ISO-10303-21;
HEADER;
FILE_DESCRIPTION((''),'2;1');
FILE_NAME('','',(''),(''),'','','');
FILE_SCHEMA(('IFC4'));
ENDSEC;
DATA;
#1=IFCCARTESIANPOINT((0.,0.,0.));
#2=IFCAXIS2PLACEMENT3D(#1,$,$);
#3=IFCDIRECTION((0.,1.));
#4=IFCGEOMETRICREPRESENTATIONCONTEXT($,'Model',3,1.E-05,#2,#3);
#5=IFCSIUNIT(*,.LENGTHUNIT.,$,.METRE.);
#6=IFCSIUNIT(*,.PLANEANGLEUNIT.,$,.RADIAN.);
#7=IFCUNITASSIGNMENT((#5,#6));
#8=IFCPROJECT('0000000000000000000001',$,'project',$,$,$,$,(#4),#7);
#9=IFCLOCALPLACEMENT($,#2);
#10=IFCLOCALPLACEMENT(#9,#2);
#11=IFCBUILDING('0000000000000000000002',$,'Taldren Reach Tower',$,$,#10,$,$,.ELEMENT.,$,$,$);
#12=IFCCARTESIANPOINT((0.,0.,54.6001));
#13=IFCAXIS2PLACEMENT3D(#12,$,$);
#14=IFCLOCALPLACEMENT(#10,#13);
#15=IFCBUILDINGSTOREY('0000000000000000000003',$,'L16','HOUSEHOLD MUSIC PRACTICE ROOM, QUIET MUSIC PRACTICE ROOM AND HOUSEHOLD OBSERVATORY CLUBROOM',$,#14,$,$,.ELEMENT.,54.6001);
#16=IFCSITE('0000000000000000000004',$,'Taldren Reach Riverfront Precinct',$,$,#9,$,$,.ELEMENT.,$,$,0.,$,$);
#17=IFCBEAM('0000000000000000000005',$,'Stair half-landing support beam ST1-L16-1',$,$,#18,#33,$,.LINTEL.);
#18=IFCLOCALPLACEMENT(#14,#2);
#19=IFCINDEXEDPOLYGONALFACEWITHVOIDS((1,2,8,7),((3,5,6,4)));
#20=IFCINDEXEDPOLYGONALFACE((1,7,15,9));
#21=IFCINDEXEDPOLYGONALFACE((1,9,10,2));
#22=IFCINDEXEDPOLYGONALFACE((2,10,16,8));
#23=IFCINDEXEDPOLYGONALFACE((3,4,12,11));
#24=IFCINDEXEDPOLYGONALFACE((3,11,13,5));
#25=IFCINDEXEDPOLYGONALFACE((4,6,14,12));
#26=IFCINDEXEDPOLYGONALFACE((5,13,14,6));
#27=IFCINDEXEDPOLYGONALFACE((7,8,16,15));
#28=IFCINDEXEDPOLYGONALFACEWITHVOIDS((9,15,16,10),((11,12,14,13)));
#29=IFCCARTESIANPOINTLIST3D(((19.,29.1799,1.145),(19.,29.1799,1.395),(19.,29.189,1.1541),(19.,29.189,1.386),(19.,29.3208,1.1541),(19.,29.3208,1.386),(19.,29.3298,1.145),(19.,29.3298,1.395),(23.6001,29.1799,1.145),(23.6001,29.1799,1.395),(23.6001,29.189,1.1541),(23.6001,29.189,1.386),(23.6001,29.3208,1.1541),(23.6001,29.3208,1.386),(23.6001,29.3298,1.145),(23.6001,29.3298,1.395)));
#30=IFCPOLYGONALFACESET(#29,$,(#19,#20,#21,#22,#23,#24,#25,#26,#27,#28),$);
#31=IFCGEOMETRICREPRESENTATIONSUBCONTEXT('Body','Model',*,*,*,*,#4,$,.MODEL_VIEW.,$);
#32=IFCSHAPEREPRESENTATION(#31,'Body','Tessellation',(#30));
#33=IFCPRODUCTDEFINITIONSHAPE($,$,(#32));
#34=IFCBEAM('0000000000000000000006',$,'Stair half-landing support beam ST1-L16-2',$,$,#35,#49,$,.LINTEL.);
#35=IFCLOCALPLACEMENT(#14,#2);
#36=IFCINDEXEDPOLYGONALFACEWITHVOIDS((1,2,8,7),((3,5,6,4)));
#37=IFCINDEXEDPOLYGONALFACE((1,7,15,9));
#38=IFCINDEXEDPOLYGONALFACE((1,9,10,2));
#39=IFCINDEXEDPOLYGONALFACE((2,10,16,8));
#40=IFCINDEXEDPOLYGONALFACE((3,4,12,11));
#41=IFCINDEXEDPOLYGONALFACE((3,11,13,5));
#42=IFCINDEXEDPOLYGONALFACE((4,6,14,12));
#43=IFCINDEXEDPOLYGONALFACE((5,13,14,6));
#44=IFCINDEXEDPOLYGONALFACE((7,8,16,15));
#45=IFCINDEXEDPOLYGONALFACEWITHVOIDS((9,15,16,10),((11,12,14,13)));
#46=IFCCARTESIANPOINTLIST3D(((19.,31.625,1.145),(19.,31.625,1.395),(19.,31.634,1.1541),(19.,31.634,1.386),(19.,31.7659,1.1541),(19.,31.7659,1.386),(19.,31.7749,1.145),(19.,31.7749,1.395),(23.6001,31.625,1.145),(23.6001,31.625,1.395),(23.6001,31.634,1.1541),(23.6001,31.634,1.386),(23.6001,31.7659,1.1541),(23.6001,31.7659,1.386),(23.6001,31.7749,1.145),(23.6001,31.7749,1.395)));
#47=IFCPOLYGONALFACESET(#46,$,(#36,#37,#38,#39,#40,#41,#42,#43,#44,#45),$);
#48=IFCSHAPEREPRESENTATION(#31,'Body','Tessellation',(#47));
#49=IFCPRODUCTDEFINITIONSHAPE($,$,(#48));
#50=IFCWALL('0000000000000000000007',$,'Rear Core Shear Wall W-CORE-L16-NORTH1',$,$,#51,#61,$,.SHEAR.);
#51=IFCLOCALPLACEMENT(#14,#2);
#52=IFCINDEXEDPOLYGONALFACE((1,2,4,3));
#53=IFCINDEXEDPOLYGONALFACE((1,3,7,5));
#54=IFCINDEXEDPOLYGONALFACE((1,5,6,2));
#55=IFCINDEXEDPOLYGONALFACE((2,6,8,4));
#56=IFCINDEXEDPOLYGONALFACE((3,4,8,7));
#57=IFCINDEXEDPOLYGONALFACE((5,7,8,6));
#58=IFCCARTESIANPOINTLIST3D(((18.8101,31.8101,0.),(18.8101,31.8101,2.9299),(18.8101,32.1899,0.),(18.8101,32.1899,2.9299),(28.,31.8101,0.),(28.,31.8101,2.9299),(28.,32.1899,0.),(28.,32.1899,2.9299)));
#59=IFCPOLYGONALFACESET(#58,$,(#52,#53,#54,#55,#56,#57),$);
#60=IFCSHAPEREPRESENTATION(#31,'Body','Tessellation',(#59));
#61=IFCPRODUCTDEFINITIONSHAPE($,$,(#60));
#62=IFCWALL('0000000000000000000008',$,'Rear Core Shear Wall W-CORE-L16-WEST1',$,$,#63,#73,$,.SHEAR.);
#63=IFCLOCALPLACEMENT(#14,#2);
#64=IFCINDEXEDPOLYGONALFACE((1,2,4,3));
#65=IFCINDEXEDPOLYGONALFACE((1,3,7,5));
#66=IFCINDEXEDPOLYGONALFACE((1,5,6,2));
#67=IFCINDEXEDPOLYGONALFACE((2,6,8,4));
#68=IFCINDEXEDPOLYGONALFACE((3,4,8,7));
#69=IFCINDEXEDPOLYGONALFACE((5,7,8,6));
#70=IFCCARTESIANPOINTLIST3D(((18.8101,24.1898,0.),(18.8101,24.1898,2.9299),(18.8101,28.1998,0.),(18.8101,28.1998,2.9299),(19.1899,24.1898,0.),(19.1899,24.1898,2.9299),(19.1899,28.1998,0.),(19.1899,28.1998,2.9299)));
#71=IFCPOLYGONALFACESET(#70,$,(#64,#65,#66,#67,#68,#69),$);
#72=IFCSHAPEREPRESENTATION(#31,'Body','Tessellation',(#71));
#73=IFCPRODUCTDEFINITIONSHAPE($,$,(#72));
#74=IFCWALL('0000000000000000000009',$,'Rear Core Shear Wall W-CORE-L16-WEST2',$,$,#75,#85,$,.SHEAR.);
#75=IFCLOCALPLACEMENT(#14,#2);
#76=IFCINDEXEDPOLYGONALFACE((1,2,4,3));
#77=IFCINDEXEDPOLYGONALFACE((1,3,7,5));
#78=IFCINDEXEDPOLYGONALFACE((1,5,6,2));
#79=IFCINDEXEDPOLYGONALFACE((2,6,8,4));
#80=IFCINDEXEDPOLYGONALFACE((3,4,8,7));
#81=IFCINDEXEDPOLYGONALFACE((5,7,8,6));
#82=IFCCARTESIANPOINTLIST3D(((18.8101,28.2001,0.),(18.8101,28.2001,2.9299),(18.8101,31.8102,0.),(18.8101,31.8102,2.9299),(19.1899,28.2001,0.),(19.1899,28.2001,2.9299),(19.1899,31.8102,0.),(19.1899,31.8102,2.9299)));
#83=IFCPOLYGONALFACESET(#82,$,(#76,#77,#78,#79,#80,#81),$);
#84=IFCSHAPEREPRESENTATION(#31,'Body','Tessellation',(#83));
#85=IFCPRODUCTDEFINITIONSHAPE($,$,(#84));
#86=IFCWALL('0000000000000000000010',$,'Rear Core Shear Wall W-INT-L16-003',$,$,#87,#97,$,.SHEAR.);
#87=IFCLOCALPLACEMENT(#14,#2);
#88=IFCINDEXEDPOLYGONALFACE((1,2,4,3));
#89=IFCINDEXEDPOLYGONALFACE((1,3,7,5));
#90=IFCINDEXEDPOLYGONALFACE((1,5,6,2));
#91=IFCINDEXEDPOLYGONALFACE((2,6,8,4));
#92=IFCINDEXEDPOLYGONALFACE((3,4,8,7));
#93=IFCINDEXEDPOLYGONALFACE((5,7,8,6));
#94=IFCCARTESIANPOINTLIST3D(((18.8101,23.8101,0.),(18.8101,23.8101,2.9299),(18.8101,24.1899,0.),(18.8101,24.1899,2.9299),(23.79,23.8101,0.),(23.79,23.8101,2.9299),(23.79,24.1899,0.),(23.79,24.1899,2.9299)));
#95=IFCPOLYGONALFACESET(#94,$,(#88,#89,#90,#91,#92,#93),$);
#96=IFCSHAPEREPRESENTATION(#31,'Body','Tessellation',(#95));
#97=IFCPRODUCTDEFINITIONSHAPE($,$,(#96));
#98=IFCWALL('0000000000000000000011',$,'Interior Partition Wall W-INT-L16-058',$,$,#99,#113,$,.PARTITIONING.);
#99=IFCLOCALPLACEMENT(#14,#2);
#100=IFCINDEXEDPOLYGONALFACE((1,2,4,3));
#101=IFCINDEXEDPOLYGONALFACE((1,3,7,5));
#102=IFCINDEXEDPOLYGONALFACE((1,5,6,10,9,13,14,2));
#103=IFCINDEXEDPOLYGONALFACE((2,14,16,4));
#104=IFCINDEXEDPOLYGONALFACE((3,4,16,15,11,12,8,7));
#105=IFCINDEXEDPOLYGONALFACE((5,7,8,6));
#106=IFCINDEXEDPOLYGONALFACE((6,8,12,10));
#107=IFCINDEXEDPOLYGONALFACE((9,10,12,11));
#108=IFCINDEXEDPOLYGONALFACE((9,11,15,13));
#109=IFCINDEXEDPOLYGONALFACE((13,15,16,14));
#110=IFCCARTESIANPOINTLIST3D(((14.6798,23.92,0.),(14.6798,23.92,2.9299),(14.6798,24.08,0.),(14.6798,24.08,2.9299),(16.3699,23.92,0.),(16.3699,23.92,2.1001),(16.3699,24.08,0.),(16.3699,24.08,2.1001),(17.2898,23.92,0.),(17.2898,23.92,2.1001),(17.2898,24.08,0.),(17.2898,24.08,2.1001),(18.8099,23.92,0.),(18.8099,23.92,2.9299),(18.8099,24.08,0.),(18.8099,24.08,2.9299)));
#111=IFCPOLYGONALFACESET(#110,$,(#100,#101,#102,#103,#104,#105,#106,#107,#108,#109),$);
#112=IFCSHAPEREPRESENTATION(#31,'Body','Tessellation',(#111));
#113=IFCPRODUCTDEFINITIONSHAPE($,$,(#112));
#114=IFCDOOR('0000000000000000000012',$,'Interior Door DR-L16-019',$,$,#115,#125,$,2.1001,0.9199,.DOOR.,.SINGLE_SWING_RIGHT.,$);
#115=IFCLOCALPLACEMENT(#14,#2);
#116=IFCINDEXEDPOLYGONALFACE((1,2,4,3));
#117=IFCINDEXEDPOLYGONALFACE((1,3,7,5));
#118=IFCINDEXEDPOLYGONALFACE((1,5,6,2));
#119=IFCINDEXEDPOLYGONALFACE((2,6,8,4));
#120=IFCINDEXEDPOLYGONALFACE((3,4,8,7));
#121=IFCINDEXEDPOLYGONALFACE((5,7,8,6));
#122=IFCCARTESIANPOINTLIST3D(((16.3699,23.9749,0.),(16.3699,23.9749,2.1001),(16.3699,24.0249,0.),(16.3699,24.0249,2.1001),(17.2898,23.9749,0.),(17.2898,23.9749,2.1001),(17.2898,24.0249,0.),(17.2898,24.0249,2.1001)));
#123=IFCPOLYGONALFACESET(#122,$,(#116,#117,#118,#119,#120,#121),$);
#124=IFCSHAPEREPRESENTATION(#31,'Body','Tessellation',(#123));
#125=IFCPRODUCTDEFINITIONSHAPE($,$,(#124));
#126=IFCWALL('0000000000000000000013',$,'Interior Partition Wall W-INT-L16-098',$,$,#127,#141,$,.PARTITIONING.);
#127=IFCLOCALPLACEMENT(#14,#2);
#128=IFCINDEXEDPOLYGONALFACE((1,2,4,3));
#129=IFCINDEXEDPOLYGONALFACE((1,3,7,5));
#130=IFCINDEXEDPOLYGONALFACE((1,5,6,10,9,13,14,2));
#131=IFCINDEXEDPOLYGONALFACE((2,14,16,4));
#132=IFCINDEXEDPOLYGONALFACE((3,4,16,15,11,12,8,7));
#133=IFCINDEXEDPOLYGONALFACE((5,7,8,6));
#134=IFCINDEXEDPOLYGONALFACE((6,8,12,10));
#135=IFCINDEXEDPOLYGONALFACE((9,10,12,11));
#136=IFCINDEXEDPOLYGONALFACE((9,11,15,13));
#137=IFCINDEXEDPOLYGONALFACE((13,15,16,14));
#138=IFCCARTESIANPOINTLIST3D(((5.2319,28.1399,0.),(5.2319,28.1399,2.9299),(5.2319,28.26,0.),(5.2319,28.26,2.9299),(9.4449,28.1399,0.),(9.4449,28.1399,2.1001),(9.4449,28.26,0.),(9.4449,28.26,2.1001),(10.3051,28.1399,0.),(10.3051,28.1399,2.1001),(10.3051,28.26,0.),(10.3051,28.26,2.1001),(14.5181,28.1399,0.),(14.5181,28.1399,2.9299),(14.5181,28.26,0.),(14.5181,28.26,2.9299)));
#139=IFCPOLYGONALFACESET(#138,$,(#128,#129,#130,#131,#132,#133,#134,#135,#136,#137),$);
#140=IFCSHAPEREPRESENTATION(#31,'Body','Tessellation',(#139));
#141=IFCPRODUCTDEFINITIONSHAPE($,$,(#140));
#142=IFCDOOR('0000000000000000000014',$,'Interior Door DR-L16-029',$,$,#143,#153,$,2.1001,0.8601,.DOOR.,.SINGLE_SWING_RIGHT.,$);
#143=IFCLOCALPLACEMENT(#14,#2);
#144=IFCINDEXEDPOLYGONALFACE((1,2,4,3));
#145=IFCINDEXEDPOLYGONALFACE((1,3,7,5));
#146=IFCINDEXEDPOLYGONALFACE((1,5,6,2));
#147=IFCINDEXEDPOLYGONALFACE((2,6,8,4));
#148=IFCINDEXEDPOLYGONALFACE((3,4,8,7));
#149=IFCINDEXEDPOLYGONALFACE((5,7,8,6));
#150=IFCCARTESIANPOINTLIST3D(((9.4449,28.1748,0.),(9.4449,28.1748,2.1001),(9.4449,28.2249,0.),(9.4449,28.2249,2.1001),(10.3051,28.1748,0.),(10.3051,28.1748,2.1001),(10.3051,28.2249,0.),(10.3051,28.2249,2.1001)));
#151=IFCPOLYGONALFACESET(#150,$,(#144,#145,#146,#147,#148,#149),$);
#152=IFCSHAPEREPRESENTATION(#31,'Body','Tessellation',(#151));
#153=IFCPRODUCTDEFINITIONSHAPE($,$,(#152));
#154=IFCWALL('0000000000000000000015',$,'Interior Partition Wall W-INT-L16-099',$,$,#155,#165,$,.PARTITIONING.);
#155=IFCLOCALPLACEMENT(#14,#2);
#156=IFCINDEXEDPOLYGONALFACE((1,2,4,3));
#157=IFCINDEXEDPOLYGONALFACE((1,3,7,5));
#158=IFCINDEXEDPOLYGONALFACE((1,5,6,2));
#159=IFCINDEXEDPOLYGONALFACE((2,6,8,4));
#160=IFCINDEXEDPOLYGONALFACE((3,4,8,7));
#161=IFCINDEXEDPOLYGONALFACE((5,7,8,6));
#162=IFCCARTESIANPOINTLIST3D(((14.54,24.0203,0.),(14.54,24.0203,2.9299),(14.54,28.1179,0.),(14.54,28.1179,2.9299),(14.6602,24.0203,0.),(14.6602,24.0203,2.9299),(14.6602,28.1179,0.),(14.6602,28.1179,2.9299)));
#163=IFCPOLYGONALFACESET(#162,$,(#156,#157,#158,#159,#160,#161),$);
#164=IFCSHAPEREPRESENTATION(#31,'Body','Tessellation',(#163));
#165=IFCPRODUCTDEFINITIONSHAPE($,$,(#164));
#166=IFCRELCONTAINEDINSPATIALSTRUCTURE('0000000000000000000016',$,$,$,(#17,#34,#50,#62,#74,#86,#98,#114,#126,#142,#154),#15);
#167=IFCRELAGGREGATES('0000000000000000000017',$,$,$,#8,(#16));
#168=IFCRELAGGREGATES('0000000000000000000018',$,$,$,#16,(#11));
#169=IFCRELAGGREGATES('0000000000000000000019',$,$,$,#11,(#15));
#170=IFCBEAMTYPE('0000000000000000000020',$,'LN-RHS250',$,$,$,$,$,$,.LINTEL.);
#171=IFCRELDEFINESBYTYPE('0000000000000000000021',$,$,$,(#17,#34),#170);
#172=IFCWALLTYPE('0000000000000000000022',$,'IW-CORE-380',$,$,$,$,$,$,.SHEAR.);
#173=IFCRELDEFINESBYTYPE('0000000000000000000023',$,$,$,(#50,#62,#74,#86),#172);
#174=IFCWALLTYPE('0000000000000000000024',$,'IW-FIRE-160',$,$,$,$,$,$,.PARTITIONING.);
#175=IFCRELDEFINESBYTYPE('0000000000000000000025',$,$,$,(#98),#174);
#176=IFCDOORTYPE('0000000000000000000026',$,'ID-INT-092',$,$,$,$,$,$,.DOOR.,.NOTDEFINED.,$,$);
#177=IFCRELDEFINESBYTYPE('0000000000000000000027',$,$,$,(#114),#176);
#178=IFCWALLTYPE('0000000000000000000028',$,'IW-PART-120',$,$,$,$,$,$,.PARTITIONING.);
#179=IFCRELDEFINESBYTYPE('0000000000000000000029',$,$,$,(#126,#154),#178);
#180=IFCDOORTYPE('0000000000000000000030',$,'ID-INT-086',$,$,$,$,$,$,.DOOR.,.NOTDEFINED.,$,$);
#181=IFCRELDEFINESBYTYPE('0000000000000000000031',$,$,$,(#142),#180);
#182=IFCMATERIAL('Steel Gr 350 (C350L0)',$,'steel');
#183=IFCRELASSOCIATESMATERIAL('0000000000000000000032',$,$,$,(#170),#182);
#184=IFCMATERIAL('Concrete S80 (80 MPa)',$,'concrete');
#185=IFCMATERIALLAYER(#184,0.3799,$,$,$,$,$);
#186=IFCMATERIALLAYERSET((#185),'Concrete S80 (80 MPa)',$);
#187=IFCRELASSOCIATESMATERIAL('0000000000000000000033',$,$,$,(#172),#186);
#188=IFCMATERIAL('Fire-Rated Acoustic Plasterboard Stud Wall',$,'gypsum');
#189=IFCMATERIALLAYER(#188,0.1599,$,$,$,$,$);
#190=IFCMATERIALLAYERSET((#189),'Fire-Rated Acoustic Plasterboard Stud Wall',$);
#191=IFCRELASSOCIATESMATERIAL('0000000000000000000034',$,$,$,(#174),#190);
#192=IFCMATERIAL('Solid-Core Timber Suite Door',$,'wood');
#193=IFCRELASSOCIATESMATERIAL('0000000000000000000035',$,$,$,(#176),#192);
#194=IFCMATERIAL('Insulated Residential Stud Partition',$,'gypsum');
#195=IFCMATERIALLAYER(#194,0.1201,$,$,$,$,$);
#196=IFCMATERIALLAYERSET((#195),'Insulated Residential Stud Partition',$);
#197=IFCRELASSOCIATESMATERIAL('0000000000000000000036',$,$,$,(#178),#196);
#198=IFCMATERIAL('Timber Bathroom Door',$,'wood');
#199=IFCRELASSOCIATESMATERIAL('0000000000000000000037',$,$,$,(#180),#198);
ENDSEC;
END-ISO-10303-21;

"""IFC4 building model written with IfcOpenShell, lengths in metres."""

from ifc_helpers import new_model, si_unit, direction, frame, frame_2d, origin, origin_2d, place, context, subcontext, project, spatial, rectangle, hollow_rectangle, extrude, source, transform, mapped, material, layer, layer_set, material_profile, profile_set, type_object, element, fill, save


model = new_model("IFC4")

# Units and contexts
model_context = context("Model", 3, precision=1e-05, world=origin(), true_north=direction((0.0, 1.0)))
body_context = subcontext(model_context, "Body", "Model", "MODEL_VIEW")
ifc_project = project(units=[si_unit("LENGTHUNIT", "METRE"), si_unit("PLANEANGLEUNIT", "RADIAN")], contexts=[model_context])

# Site, building, storey
site_placement = place(None, origin())
site = spatial("IfcSite", under=ifc_project, at=site_placement, Name="Taldren Reach Riverfront Precinct", CompositionType="ELEMENT", RefElevation=0.0)
building_placement = place(site_placement, origin())
building = spatial("IfcBuilding", under=site, at=building_placement, Name="Taldren Reach Tower", CompositionType="ELEMENT")
storey_placement = place(building_placement, frame((0.0, 0.0, 54.6001)))
storey = spatial("IfcBuildingStorey", under=building, at=storey_placement, Name="L16", Description="HOUSEHOLD MUSIC PRACTICE ROOM, QUIET MUSIC PRACTICE ROOM AND HOUSEHOLD OBSERVATORY CLUBROOM", CompositionType="ELEMENT", Elevation=54.6001)

# Beams
ifc_material_1 = material(Name="Steel Gr 350 (C350L0)", Category="steel")
ifc_material_profile_1 = material_profile(ifc_material_1, hollow_rectangle(XDim=0.1499, YDim=0.25, WallThickness=0.009, at=origin_2d()), Name="250x150x9.0RHS")
ifc_profile_set_1 = profile_set([ifc_material_profile_1], Name="Steel Gr 350 (C350L0)")
beam_type_1 = type_object("IfcBeamType", Name="LN-RHS250", PredefinedType="LINTEL", material=ifc_profile_set_1)
shared_shape_1 = source(origin(), body_context, "Body", "SweptSolid", [
    extrude(hollow_rectangle(XDim=0.1499, YDim=0.25, WallThickness=0.009, at=origin_2d()), origin(), (0.0, 0.0, 1.0), 4.6001),
])
for number, where, z_axis, x_axis, name in (
    (1, (19.0, 29.2549, 1.27), (1.0, 0.0, 0.0), (0.0, 1.0, 0.0), "Stair half-landing support beam ST1-L16-1"),
    (2, (19.0, 31.7, 1.27), (1.0, 0.0, 0.0), (0.0, 1.0, 0.0), "Stair half-landing support beam ST1-L16-2"),
):
    element("IfcBeam", number, at=place(storey_placement, frame(where, z_axis=z_axis, x_axis=x_axis)), inside=storey, type_object=beam_type_1, Name=name, PredefinedType="LINTEL", context=body_context, shape_type="MappedRepresentation", body=[
        mapped(shared_shape_1, transform((0.0, 0.0, 0.0), scale=1.0)),
    ])

# Walls
ifc_material_2 = material(Name="Concrete S80 (80 MPa)", Category="concrete")
ifc_layer_1 = layer(ifc_material_2, 0.3799)
ifc_layer_set_1 = layer_set([ifc_layer_1], Name="Concrete S80 (80 MPa)")
wall_type_1 = type_object("IfcWallType", Name="IW-CORE-380", PredefinedType="SHEAR", material=ifc_layer_set_1)
shared_shape_2 = source(origin(), body_context, "Body", "SweptSolid", [
    extrude(rectangle(XDim=9.1899, YDim=0.3799, at=frame_2d((4.595, 0.0))), origin(), (0.0, 0.0, 1.0), 2.9299),
])
wall_1_placement = place(storey_placement, frame((18.8101, 32.0, 0.0), z_axis=(0.0, 0.0, 1.0), x_axis=(1.0, 0.0, 0.0)))
element("IfcWall", 3, at=wall_1_placement, inside=storey, type_object=wall_type_1, Name="Rear Core Shear Wall W-CORE-L16-NORTH1", PredefinedType="SHEAR", context=body_context, shape_type="MappedRepresentation", body=[
    mapped(shared_shape_2, transform((0.0, 0.0, 0.0), scale=1.0)),
])
shared_shape_3 = source(origin(), body_context, "Body", "SweptSolid", [
    extrude(rectangle(XDim=4.01, YDim=0.3799, at=frame_2d((2.0049, 0.0))), origin(), (0.0, 0.0, 1.0), 2.9299),
])
wall_2_placement = place(storey_placement, frame((19.0, 24.1899, 0.0), z_axis=(0.0, 0.0, 1.0), x_axis=(0.0, 1.0, 0.0)))
element("IfcWall", 4, at=wall_2_placement, inside=storey, type_object=wall_type_1, Name="Rear Core Shear Wall W-CORE-L16-WEST1", PredefinedType="SHEAR", context=body_context, shape_type="MappedRepresentation", body=[
    mapped(shared_shape_3, transform((0.0, 0.0, 0.0), scale=1.0)),
])
shared_shape_4 = source(origin(), body_context, "Body", "SweptSolid", [
    extrude(rectangle(XDim=3.6101, YDim=0.3799, at=frame_2d((1.8052, 0.0))), origin(), (0.0, 0.0, 1.0), 2.9299),
])
wall_3_placement = place(storey_placement, frame((19.0, 28.2, 0.0), z_axis=(0.0, 0.0, 1.0), x_axis=(0.0, 1.0, 0.0)))
element("IfcWall", 5, at=wall_3_placement, inside=storey, type_object=wall_type_1, Name="Rear Core Shear Wall W-CORE-L16-WEST2", PredefinedType="SHEAR", context=body_context, shape_type="MappedRepresentation", body=[
    mapped(shared_shape_4, transform((0.0, 0.0, 0.0), scale=1.0)),
])
shared_shape_5 = source(origin(), body_context, "Body", "SweptSolid", [
    extrude(rectangle(XDim=4.98, YDim=0.3799, at=frame_2d((2.49, 0.0))), origin(), (0.0, 0.0, 1.0), 2.9299),
])
wall_4_placement = place(storey_placement, frame((18.8101, 24.0, 0.0), z_axis=(0.0, 0.0, 1.0), x_axis=(1.0, 0.0, 0.0)))
element("IfcWall", 6, at=wall_4_placement, inside=storey, type_object=wall_type_1, Name="Rear Core Shear Wall W-INT-L16-003", PredefinedType="SHEAR", context=body_context, shape_type="MappedRepresentation", body=[
    mapped(shared_shape_5, transform((0.0, 0.0, 0.0), scale=1.0)),
])

# Walls, openings, doors
ifc_material_3 = material(Name="Fire-Rated Acoustic Plasterboard Stud Wall", Category="gypsum")
ifc_layer_2 = layer(ifc_material_3, 0.1599)
ifc_layer_set_2 = layer_set([ifc_layer_2], Name="Fire-Rated Acoustic Plasterboard Stud Wall")
wall_type_2 = type_object("IfcWallType", Name="IW-FIRE-160", PredefinedType="PARTITIONING", material=ifc_layer_set_2)
shared_shape_6 = source(origin(), body_context, "Body", "SweptSolid", [
    extrude(rectangle(XDim=4.1301, YDim=0.1599, at=frame_2d((2.0649, 0.0))), origin(), (0.0, 0.0, 1.0), 2.9299),
])
wall_5_placement = place(storey_placement, frame((14.6799, 24.0, 0.0), z_axis=(0.0, 0.0, 1.0), x_axis=(1.0, 0.0, 0.0)))
wall_5 = element("IfcWall", 7, at=wall_5_placement, inside=storey, type_object=wall_type_2, Name="Interior Partition Wall W-INT-L16-058", PredefinedType="PARTITIONING", context=body_context, shape_type="MappedRepresentation", body=[
    mapped(shared_shape_6, transform((0.0, 0.0, 0.0), scale=1.0)),
])
shared_shape_7 = source(origin(), body_context, "Body", "SweptSolid", [
    extrude(rectangle(XDim=0.9199, YDim=2.1001, at=frame_2d((0.46, 1.05))), frame((0.0, 0.0898, 0.0), z_axis=(0.0, -1.0, 0.0), x_axis=(1.0, 0.0, 0.0)), (0.0, 0.0, 1.0), 0.1799),
])
opening_1_placement = place(wall_5_placement, frame((1.6899, 0.0, 0.0)))
opening_1 = element("IfcOpeningElement", 8, at=opening_1_placement, cuts=wall_5, PredefinedType="OPENING", context=body_context, shape_type="MappedRepresentation", body=[
    mapped(shared_shape_7, transform((0.0, 0.0, 0.0), scale=1.0)),
])
ifc_material_4 = material(Name="Solid-Core Timber Suite Door", Category="wood")
door_type_1 = type_object("IfcDoorType", Name="ID-INT-092", OperationType="NOTDEFINED", PredefinedType="DOOR", material=ifc_material_4)
shared_shape_8 = source(origin(), body_context, "Body", "SweptSolid", [
    extrude(rectangle(XDim=0.9199, YDim=2.1001, at=frame_2d((0.46, 1.05))), frame((0.0, 0.0249, 0.0), z_axis=(0.0, -1.0, 0.0), x_axis=(1.0, 0.0, 0.0)), (0.0, 0.0, 1.0), 0.05),
])
door_1_placement = place(opening_1_placement, origin())
door_1 = element("IfcDoor", 9, at=door_1_placement, inside=storey, type_object=door_type_1, Name="Interior Door DR-L16-019", OperationType="SINGLE_SWING_RIGHT", OverallHeight=2.1001, OverallWidth=0.9199, PredefinedType="DOOR", context=body_context, shape_type="MappedRepresentation", body=[
    mapped(shared_shape_8, transform((0.0, 0.0, 0.0), scale=1.0)),
])
fill(opening_1, door_1)
ifc_material_5 = material(Name="Insulated Residential Stud Partition", Category="gypsum")
ifc_layer_3 = layer(ifc_material_5, 0.1201)
ifc_layer_set_3 = layer_set([ifc_layer_3], Name="Insulated Residential Stud Partition")
wall_type_3 = type_object("IfcWallType", Name="IW-PART-120", PredefinedType="PARTITIONING", material=ifc_layer_set_3)
shared_shape_9 = source(origin(), body_context, "Body", "SweptSolid", [
    extrude(rectangle(XDim=9.2861, YDim=0.1201, at=frame_2d((4.6431, 0.0))), origin(), (0.0, 0.0, 1.0), 2.9299),
])
wall_6_placement = place(storey_placement, frame((5.2319, 28.2, 0.0), z_axis=(0.0, 0.0, 1.0), x_axis=(1.0, 0.0, 0.0)))
wall_6 = element("IfcWall", 10, at=wall_6_placement, inside=storey, type_object=wall_type_3, Name="Interior Partition Wall W-INT-L16-098", PredefinedType="PARTITIONING", context=body_context, shape_type="MappedRepresentation", body=[
    mapped(shared_shape_9, transform((0.0, 0.0, 0.0), scale=1.0)),
])
shared_shape_10 = source(origin(), body_context, "Body", "SweptSolid", [
    extrude(rectangle(XDim=0.8601, YDim=2.1001, at=frame_2d((0.4302, 1.05))), frame((0.0, 0.0701, 0.0), z_axis=(0.0, -1.0, 0.0), x_axis=(1.0, 0.0, 0.0)), (0.0, 0.0, 1.0), 0.1401),
])
opening_2_placement = place(wall_6_placement, frame((4.2129, 0.0, 0.0)))
opening_2 = element("IfcOpeningElement", 11, at=opening_2_placement, cuts=wall_6, PredefinedType="OPENING", context=body_context, shape_type="MappedRepresentation", body=[
    mapped(shared_shape_10, transform((0.0, 0.0, 0.0), scale=1.0)),
])
ifc_material_6 = material(Name="Timber Bathroom Door", Category="wood")
door_type_2 = type_object("IfcDoorType", Name="ID-INT-086", OperationType="NOTDEFINED", PredefinedType="DOOR", material=ifc_material_6)
shared_shape_11 = source(origin(), body_context, "Body", "SweptSolid", [
    extrude(rectangle(XDim=0.8601, YDim=2.1001, at=frame_2d((0.4302, 1.05))), frame((0.0, 0.0249, 0.0), z_axis=(0.0, -1.0, 0.0), x_axis=(1.0, 0.0, 0.0)), (0.0, 0.0, 1.0), 0.05),
])
door_2_placement = place(opening_2_placement, origin())
door_2 = element("IfcDoor", 12, at=door_2_placement, inside=storey, type_object=door_type_2, Name="Interior Door DR-L16-029", OperationType="SINGLE_SWING_RIGHT", OverallHeight=2.1001, OverallWidth=0.8601, PredefinedType="DOOR", context=body_context, shape_type="MappedRepresentation", body=[
    mapped(shared_shape_11, transform((0.0, 0.0, 0.0), scale=1.0)),
])
fill(opening_2, door_2)

# Wall
shared_shape_12 = source(origin(), body_context, "Body", "SweptSolid", [
    extrude(rectangle(XDim=4.0977, YDim=0.1201, at=frame_2d((2.0488, 0.0))), origin(), (0.0, 0.0, 1.0), 2.9299),
])
wall_7_placement = place(storey_placement, frame((14.6001, 28.1179, 0.0), z_axis=(0.0, 0.0, 1.0), x_axis=(0.0, -1.0, 0.0)))
element("IfcWall", 13, at=wall_7_placement, inside=storey, type_object=wall_type_3, Name="Interior Partition Wall W-INT-L16-099", PredefinedType="PARTITIONING", context=body_context, shape_type="MappedRepresentation", body=[
    mapped(shared_shape_12, transform((0.0, 0.0, 0.0), scale=1.0)),
])

save(model, "model.ifc")
